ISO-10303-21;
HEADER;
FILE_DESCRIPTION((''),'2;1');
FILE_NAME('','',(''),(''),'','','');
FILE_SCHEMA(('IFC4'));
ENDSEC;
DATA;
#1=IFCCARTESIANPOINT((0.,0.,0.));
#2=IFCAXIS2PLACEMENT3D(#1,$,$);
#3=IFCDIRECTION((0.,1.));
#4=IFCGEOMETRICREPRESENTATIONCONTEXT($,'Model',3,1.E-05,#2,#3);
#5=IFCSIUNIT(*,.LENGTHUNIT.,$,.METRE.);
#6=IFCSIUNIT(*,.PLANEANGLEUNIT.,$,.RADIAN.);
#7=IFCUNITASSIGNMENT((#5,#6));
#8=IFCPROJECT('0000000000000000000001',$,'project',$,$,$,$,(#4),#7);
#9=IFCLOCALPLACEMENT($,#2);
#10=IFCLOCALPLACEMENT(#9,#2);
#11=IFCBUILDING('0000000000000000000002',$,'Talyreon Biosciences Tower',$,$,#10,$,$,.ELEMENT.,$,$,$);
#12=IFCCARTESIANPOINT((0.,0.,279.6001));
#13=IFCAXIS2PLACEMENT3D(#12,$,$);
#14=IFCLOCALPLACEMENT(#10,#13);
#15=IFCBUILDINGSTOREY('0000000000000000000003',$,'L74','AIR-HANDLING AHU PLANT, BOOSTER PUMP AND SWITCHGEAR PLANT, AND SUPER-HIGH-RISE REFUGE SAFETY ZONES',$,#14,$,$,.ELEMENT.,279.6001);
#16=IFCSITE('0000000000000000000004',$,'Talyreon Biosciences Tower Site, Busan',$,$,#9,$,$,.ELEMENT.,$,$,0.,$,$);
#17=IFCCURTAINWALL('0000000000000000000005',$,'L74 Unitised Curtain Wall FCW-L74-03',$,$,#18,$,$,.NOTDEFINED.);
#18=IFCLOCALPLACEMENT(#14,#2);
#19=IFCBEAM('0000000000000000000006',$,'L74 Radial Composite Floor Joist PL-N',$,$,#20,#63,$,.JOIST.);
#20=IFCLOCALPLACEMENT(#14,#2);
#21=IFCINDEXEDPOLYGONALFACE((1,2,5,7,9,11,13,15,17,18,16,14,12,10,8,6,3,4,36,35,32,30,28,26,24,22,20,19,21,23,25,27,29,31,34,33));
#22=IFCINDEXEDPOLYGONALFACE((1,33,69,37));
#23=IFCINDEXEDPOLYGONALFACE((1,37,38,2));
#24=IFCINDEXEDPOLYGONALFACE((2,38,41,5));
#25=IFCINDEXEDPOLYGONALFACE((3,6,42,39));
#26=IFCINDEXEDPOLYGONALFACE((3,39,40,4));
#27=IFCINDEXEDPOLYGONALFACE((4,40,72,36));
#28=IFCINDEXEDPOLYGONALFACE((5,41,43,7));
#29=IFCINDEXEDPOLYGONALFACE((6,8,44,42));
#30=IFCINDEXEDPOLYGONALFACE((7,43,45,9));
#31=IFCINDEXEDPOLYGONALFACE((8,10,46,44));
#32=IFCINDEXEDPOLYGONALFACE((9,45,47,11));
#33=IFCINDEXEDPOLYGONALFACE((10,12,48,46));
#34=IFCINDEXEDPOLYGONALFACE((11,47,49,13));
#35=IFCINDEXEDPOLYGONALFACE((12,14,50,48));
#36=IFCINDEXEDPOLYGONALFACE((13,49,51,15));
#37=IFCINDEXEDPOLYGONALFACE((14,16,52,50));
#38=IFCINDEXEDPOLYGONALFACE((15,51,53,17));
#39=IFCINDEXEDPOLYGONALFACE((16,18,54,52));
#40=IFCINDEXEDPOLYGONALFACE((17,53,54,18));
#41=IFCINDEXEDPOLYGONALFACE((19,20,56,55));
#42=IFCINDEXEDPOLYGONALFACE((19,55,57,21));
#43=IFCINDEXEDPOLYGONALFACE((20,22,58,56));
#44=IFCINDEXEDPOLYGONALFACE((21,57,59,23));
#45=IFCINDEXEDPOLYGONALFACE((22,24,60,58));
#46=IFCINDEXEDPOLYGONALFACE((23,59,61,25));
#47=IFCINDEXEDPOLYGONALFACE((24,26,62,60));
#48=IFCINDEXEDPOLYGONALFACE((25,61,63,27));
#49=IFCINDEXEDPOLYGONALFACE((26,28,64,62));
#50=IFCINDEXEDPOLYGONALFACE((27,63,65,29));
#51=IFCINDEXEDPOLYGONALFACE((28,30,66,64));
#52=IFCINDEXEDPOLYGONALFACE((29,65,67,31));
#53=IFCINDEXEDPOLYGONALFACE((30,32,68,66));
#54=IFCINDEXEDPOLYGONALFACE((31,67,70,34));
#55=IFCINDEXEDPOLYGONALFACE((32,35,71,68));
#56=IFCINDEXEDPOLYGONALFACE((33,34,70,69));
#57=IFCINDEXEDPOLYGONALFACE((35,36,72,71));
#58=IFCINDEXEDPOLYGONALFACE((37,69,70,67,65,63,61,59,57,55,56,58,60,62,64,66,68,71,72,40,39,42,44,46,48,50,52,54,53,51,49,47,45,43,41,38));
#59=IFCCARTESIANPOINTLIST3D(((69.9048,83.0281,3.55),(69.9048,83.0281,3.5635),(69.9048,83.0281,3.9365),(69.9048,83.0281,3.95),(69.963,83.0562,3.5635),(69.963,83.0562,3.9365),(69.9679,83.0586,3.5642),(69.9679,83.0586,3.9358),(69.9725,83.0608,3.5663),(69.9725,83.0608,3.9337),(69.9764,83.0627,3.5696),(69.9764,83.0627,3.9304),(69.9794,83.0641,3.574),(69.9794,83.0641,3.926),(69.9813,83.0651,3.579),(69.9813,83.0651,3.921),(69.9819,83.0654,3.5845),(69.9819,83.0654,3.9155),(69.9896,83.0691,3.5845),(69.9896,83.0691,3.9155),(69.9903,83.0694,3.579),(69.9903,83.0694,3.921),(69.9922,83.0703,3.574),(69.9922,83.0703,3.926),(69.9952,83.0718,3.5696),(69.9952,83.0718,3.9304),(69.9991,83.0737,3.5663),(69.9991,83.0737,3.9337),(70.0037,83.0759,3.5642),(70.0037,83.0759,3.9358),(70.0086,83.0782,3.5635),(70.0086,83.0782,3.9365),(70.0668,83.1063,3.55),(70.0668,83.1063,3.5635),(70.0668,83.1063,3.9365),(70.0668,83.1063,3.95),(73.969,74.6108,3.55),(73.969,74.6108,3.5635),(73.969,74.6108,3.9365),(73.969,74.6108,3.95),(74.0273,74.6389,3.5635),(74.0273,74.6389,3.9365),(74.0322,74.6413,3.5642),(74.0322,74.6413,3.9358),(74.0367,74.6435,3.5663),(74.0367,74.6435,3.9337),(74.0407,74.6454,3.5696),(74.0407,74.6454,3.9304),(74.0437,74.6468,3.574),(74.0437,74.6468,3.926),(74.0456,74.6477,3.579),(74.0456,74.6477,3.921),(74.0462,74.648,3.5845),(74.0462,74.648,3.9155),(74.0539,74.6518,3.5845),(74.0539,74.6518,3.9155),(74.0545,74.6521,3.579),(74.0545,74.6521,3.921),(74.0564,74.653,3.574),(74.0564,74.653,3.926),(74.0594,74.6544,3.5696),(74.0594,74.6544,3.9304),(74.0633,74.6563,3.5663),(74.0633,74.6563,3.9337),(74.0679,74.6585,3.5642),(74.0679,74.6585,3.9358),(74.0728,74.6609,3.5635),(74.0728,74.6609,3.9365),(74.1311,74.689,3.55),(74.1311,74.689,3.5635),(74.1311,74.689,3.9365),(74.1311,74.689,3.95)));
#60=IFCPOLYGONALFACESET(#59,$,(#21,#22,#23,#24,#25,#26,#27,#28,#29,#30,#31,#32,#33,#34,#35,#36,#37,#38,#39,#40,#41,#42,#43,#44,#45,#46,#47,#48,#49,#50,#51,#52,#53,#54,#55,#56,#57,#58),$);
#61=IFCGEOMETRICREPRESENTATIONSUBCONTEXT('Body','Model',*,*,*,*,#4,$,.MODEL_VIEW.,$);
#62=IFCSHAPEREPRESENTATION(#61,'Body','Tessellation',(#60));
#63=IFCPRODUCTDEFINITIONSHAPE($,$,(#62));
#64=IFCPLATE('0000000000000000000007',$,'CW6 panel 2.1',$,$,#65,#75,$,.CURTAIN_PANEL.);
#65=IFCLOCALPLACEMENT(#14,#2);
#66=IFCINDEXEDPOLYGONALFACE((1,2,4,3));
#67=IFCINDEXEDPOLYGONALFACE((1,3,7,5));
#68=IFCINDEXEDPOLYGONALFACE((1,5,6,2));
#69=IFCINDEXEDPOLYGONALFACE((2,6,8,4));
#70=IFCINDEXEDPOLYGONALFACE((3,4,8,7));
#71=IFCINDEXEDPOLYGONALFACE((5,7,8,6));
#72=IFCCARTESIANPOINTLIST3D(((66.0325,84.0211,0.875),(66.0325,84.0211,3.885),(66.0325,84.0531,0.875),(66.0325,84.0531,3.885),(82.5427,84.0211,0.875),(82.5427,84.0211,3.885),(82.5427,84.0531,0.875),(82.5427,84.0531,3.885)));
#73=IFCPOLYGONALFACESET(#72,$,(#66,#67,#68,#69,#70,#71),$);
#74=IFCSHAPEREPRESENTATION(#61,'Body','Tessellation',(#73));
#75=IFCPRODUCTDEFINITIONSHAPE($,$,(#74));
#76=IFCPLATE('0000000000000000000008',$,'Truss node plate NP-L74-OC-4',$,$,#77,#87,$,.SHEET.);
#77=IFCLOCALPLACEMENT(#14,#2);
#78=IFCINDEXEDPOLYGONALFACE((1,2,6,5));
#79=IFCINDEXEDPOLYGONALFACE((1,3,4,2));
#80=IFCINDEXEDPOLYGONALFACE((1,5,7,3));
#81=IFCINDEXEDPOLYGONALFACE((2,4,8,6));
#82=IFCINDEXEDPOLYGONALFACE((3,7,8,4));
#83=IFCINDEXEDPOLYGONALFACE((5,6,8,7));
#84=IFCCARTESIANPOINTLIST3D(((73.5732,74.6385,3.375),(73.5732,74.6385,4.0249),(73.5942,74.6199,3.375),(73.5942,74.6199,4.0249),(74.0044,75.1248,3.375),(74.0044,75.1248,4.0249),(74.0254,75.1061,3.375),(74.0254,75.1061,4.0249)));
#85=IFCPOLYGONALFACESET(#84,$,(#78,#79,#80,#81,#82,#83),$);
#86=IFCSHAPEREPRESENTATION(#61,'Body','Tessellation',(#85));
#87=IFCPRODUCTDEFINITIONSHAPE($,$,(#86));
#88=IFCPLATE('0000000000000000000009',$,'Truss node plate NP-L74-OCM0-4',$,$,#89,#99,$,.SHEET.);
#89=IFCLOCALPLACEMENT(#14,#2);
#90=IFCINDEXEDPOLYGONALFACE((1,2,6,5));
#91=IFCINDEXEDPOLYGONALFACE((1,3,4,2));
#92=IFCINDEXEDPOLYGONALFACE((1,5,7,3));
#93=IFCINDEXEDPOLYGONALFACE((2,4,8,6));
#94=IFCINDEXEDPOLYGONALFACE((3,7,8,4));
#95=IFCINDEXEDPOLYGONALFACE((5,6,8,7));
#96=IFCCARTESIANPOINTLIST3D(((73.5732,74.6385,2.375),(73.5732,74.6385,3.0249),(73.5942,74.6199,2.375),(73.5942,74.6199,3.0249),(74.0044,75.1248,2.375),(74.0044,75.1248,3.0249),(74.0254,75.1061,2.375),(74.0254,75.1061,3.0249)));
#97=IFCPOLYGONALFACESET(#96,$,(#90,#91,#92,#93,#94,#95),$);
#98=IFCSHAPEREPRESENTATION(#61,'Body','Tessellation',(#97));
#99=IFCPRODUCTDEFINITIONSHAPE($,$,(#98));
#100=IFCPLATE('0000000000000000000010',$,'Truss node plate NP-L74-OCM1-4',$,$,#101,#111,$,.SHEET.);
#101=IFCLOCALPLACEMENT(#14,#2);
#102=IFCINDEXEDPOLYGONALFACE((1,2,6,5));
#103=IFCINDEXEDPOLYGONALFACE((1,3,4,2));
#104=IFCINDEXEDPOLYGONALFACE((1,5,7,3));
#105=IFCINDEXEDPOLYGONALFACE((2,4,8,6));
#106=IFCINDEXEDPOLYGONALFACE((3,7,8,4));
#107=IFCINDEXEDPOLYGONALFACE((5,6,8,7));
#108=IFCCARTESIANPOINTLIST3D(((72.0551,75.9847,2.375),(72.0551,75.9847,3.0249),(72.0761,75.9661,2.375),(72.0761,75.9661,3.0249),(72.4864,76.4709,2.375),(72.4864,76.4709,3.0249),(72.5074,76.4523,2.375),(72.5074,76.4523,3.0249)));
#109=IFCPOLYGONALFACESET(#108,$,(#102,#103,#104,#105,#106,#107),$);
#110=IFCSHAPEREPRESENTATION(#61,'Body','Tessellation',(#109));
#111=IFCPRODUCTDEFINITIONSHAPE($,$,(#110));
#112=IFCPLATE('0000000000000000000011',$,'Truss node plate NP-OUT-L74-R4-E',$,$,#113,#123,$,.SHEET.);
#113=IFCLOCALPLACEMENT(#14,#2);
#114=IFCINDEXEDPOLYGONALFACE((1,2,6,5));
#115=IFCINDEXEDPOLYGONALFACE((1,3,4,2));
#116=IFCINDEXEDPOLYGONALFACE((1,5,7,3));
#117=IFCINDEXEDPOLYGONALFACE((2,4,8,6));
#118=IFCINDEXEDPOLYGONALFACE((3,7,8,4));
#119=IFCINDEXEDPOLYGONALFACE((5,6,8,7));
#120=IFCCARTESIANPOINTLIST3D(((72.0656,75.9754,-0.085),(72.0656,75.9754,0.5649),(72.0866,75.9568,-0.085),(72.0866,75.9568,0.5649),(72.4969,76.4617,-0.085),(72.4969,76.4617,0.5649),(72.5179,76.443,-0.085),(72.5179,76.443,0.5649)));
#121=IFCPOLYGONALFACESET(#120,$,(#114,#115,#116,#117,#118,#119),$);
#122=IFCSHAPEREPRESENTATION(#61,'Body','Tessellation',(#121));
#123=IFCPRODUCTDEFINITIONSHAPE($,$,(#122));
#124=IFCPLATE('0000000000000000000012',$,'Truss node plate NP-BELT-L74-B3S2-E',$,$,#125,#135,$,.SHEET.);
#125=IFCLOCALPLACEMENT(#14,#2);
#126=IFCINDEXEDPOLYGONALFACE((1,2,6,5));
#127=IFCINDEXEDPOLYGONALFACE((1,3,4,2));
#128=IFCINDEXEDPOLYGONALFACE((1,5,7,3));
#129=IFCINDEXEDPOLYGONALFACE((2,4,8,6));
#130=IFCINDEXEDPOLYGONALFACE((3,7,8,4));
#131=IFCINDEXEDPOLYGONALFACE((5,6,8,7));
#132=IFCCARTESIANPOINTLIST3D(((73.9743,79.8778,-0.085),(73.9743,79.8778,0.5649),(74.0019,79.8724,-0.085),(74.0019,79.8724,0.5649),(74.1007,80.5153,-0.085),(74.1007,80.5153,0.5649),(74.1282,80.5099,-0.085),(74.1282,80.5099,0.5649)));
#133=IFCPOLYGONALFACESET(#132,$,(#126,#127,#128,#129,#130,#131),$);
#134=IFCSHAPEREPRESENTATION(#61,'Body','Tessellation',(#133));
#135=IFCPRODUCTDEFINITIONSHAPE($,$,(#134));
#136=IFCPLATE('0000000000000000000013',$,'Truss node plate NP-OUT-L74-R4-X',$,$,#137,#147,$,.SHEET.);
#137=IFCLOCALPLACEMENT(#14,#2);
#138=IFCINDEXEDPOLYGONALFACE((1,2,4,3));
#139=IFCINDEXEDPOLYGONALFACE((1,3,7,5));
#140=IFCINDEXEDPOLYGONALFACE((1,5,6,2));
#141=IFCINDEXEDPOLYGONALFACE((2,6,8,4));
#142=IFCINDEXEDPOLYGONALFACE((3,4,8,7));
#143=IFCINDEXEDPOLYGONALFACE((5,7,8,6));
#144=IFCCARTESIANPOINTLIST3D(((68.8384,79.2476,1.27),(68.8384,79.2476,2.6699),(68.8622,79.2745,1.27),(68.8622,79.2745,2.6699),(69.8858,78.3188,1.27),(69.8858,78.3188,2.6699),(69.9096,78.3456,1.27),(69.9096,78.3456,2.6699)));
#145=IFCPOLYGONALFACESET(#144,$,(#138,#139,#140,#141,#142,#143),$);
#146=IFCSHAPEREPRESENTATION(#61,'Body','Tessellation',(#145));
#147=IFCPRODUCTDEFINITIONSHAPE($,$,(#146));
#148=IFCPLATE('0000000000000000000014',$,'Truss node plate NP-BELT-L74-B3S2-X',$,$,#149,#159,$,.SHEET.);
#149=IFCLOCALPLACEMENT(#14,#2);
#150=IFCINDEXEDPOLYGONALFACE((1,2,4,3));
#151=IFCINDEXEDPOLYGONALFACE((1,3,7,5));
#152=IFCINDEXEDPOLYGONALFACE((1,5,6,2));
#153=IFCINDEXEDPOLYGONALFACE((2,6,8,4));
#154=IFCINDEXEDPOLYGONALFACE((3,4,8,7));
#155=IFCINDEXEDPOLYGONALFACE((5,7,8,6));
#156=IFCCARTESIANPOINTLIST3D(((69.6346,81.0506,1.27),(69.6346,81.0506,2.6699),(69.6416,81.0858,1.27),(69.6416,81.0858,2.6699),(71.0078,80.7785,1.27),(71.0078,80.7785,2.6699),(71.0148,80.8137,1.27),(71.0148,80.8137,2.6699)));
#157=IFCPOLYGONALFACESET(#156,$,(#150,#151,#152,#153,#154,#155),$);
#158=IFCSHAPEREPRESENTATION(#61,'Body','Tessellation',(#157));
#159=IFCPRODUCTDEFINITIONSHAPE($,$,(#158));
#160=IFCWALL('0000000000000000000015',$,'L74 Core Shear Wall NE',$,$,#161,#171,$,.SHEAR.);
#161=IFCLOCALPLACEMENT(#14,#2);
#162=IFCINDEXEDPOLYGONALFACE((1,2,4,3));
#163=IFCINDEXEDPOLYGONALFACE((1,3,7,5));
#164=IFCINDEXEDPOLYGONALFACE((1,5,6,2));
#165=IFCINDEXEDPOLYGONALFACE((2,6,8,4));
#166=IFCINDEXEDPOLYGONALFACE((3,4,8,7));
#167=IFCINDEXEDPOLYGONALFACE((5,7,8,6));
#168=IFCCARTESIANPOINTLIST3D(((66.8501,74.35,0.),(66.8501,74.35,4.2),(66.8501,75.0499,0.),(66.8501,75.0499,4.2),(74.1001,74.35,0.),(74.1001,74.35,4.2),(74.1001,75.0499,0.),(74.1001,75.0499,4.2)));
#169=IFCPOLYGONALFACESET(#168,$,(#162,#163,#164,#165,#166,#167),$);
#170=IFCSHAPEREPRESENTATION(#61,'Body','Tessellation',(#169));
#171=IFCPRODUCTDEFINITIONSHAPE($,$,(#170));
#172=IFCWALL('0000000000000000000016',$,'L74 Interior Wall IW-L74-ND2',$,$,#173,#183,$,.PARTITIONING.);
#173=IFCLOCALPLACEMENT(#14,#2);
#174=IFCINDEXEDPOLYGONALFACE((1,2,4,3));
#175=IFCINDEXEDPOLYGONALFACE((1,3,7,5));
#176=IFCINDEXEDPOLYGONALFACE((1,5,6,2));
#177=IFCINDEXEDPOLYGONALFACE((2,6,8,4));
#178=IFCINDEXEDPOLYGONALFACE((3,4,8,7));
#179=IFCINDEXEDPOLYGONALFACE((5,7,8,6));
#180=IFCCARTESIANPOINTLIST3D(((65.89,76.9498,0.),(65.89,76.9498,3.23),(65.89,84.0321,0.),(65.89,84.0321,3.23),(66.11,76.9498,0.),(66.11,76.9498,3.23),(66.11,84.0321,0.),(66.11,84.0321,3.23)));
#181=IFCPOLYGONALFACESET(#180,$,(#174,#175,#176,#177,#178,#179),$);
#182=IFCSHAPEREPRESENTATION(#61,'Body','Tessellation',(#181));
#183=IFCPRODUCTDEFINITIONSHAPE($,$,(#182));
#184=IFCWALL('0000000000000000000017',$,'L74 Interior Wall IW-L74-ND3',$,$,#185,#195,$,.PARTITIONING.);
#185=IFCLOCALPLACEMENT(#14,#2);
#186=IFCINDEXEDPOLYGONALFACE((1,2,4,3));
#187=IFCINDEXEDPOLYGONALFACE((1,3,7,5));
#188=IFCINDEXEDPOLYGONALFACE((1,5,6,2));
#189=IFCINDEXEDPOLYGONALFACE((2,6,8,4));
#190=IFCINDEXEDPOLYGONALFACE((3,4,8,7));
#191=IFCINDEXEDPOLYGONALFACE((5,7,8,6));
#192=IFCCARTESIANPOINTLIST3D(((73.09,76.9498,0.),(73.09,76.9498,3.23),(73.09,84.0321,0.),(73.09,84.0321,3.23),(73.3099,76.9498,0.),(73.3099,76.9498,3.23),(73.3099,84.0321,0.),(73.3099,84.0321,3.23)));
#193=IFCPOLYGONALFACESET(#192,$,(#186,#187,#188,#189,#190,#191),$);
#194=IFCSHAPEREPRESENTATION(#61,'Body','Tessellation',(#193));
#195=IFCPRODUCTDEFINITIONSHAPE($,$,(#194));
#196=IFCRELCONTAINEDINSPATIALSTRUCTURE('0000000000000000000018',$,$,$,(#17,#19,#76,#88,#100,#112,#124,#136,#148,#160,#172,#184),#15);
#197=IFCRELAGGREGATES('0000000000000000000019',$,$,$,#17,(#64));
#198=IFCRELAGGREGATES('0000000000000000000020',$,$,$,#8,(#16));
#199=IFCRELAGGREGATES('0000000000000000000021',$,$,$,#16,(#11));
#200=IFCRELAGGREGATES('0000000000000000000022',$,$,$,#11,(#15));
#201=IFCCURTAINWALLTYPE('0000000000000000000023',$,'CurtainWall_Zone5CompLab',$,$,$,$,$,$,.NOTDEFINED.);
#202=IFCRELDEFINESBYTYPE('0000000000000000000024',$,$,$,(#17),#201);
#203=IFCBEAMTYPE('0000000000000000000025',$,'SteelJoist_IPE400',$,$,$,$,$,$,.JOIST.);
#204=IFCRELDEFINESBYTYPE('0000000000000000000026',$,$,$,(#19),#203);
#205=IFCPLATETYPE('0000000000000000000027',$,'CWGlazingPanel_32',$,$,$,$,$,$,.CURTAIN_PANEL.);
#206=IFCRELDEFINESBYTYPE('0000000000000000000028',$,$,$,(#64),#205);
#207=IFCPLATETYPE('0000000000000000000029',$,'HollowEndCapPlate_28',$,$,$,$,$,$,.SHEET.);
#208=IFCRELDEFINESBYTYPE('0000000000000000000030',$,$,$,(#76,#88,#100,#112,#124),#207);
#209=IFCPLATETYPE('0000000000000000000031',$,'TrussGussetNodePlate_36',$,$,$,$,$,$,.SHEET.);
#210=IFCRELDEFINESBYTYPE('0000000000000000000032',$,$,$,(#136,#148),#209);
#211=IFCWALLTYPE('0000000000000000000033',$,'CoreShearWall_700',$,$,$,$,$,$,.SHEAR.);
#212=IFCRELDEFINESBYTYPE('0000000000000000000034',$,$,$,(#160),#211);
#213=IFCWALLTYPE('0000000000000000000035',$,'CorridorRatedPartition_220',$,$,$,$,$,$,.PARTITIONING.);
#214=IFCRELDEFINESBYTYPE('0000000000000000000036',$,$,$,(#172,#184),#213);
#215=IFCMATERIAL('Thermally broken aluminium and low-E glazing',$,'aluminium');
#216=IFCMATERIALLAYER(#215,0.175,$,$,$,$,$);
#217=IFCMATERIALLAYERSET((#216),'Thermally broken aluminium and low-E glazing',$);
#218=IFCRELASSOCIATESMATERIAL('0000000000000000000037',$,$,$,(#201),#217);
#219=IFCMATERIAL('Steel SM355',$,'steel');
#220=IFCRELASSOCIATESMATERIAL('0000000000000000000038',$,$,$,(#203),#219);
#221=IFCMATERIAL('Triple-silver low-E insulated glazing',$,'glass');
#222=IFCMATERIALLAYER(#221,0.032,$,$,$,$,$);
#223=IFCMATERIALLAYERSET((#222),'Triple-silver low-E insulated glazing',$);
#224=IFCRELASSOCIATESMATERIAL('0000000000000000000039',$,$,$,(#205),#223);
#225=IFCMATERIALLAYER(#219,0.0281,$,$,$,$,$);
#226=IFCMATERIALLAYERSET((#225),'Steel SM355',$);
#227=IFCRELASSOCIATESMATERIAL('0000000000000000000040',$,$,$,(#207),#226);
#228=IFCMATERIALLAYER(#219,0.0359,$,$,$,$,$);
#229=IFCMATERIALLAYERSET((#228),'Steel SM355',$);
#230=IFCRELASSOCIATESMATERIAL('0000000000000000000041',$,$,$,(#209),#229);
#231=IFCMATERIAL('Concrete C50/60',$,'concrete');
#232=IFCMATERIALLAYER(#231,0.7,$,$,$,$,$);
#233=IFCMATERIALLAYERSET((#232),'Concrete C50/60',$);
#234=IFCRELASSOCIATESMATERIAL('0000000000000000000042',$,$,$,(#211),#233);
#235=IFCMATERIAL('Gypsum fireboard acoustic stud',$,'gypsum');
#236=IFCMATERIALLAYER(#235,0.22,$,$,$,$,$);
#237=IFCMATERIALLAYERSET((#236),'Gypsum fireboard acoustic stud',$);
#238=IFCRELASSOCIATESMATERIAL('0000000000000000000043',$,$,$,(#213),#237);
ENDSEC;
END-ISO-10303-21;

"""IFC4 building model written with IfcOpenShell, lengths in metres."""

from ifc_helpers import new_model, si_unit, direction, frame, frame_2d, origin, origin_2d, place, context, subcontext, project, spatial, rectangle, i_section, extrude, material, layer, layer_set, material_profile, profile_set, type_object, element, aggregate, save


model = new_model("IFC4")

# Units and contexts
model_context = context("Model", 3, precision=1e-05, world=origin(), true_north=direction((0.0, 1.0)))
body_context = subcontext(model_context, "Body", "Model", "MODEL_VIEW")
ifc_project = project(units=[si_unit("LENGTHUNIT", "METRE"), si_unit("PLANEANGLEUNIT", "RADIAN")], contexts=[model_context])

# Site, building, storey
site_placement = place(None, origin())
site = spatial("IfcSite", under=ifc_project, at=site_placement, Name="Talyreon Biosciences Tower Site, Busan", CompositionType="ELEMENT", RefElevation=0.0)
building_placement = place(site_placement, origin())
building = spatial("IfcBuilding", under=site, at=building_placement, Name="Talyreon Biosciences Tower", CompositionType="ELEMENT")
storey_placement = place(building_placement, frame((0.0, 0.0, 279.6001)))
storey = spatial("IfcBuildingStorey", under=building, at=storey_placement, Name="L74", Description="AIR-HANDLING AHU PLANT, BOOSTER PUMP AND SWITCHGEAR PLANT, AND SUPER-HIGH-RISE REFUGE SAFETY ZONES", CompositionType="ELEMENT", Elevation=279.6001)

# Shared definitions
ifc_material_1 = material(Name="Steel SM355", Category="steel")

# Curtain wall
ifc_material_2 = material(Name="Thermally broken aluminium and low-E glazing", Category="aluminium")
ifc_layer_1 = layer(ifc_material_2, 0.175)
ifc_layer_set_1 = layer_set([ifc_layer_1], Name="Thermally broken aluminium and low-E glazing")
curtain_wall_type = type_object("IfcCurtainWallType", Name="CurtainWall_Zone5CompLab", PredefinedType="NOTDEFINED", material=ifc_layer_set_1)
curtain_wall_placement = place(storey_placement, origin())
curtain_wall = element("IfcCurtainWall", 1, at=curtain_wall_placement, inside=storey, type_object=curtain_wall_type, Name="L74 Unitised Curtain Wall FCW-L74-03", PredefinedType="NOTDEFINED")

# Beam
ifc_material_profile_1 = material_profile(ifc_material_1, i_section(OverallWidth=0.1799, OverallDepth=0.3999, WebThickness=0.0085, FlangeThickness=0.0134, FilletRadius=0.021, at=origin_2d()), Name="IPE400")
ifc_profile_set_1 = profile_set([ifc_material_profile_1], Name="Steel SM355")
beam_type_1 = type_object("IfcBeamType", Name="SteelJoist_IPE400", PredefinedType="JOIST", material=ifc_profile_set_1)
beam_1_placement = place(storey_placement, frame((74.05, 74.6499, 3.75), z_axis=(-0.434811, 0.900522, 0.0), x_axis=(-0.900522, -0.434811, 0.0)))
element("IfcBeam", 2, at=beam_1_placement, inside=storey, type_object=beam_type_1, Name="L74 Radial Composite Floor Joist PL-N", PredefinedType="JOIST", context=body_context, shape_type="SweptSolid", body=[
    extrude(i_section(OverallWidth=0.1799, OverallDepth=0.3999, WebThickness=0.0085, FlangeThickness=0.0134, FilletRadius=0.021, at=origin_2d()), origin(), (0.0, 0.0, 1.0), 9.3472),
])

# Plate
ifc_material_3 = material(Name="Triple-silver low-E insulated glazing", Category="glass")
ifc_layer_2 = layer(ifc_material_3, 0.032)
ifc_layer_set_2 = layer_set([ifc_layer_2], Name="Triple-silver low-E insulated glazing")
plate_type_1 = type_object("IfcPlateType", Name="CWGlazingPanel_32", PredefinedType="CURTAIN_PANEL", material=ifc_layer_set_2)
plate_placement = place(storey_placement, frame((74.2876, 84.0371, 0.875), z_axis=(0.0, 0.0, 1.0), x_axis=(1.0, 0.0, 0.0)))
plate = element("IfcPlate", 3, at=plate_placement, type_object=plate_type_1, Name="CW6 panel 2.1", PredefinedType="CURTAIN_PANEL", context=body_context, shape_type="SweptSolid", body=[
    extrude(rectangle(XDim=16.5103, YDim=0.032, at=origin_2d()), origin(), (0.0, 0.0, 1.0), 3.01),
])
aggregate(curtain_wall, [plate])

# Plates
ifc_layer_3 = layer(ifc_material_1, 0.0281)
ifc_layer_set_3 = layer_set([ifc_layer_3], Name="Steel SM355")
plate_type_2 = type_object("IfcPlateType", Name="HollowEndCapPlate_28", PredefinedType="SHEET", material=ifc_layer_set_3)
for number, where, z_axis, x_axis, name in (
    (4, (73.7993, 74.8723, 3.375), (0.0, 0.0, 1.0), (-0.663495, -0.74818, 0.0), "Truss node plate NP-L74-OC-4"),
    (5, (73.7993, 74.8723, 2.375), (0.0, 0.0, 1.0), (-0.663495, -0.74818, 0.0), "Truss node plate NP-L74-OCM0-4"),
    (6, (72.2812, 76.2185, 2.375), (0.0, 0.0, 1.0), (-0.663495, -0.74818, 0.0), "Truss node plate NP-L74-OCM1-4"),
    (7, (72.2917, 76.2092, -0.085), (0.0, 0.0, 1.0), (-0.663508, -0.748169, 0.0), "Truss node plate NP-OUT-L74-R4-E"),
    (8, (74.0513, 80.1938, -0.085), (0.0, 0.0, 1.0), (-0.194354, -0.980931, 0.0), "Truss node plate NP-BELT-L74-B3S2-E"),
):
    element("IfcPlate", number, at=place(storey_placement, frame(where, z_axis=z_axis, x_axis=x_axis)), inside=storey, type_object=plate_type_2, Name=name, PredefinedType="SHEET", context=body_context, shape_type="SweptSolid", body=[
        extrude(rectangle(XDim=0.6499, YDim=0.0281, at=origin_2d()), origin(), (0.0, 0.0, 1.0), 0.6499),
    ])
ifc_layer_4 = layer(ifc_material_1, 0.0359)
ifc_layer_set_4 = layer_set([ifc_layer_4], Name="Steel SM355")
plate_type_3 = type_object("IfcPlateType", Name="TrussGussetNodePlate_36", PredefinedType="SHEET", material=ifc_layer_set_4)
for number, where, z_axis, x_axis, name in (
    (9, (69.374, 78.7966, 1.27), (0.0, 0.0, 1.0), (-0.748169, 0.663508, 0.0), "Truss node plate NP-OUT-L74-R4-X"),
    (10, (70.3247, 80.9321, 1.27), (0.0, 0.0, 1.0), (-0.980931, 0.194354, 0.0), "Truss node plate NP-BELT-L74-B3S2-X"),
):
    element("IfcPlate", number, at=place(storey_placement, frame(where, z_axis=z_axis, x_axis=x_axis)), inside=storey, type_object=plate_type_3, Name=name, PredefinedType="SHEET", context=body_context, shape_type="SweptSolid", body=[
        extrude(rectangle(XDim=1.3999, YDim=0.0359, at=origin_2d()), origin(), (0.0, 0.0, 1.0), 1.3999),
    ])

# Walls
ifc_material_4 = material(Name="Concrete C50/60", Category="concrete")
ifc_layer_5 = layer(ifc_material_4, 0.7)
ifc_layer_set_5 = layer_set([ifc_layer_5], Name="Concrete C50/60")
wall_type_1 = type_object("IfcWallType", Name="CoreShearWall_700", PredefinedType="SHEAR", material=ifc_layer_set_5)
wall_placement = place(storey_placement, frame((74.1001, 74.7, 0.0), z_axis=(0.0, 0.0, 1.0), x_axis=(-1.0, 0.0, 0.0)))
element("IfcWall", 11, at=wall_placement, inside=storey, type_object=wall_type_1, Name="L74 Core Shear Wall NE", PredefinedType="SHEAR", context=body_context, shape_type="SweptSolid", body=[
    extrude(rectangle(XDim=7.25, YDim=0.7, at=frame_2d((3.625, 0.0))), origin(), (0.0, 0.0, 1.0), 4.2),
])
ifc_material_5 = material(Name="Gypsum fireboard acoustic stud", Category="gypsum")
ifc_layer_6 = layer(ifc_material_5, 0.22)
ifc_layer_set_6 = layer_set([ifc_layer_6], Name="Gypsum fireboard acoustic stud")
wall_type_2 = type_object("IfcWallType", Name="CorridorRatedPartition_220", PredefinedType="PARTITIONING", material=ifc_layer_set_6)
for number, where, z_axis, x_axis, name in (
    (12, (66.0, 76.95, 0.0), (0.0, 0.0, 1.0), (0.0, 1.0, 0.0), "L74 Interior Wall IW-L74-ND2"),
    (13, (73.2, 76.95, 0.0), (0.0, 0.0, 1.0), (0.0, 1.0, 0.0), "L74 Interior Wall IW-L74-ND3"),
):
    element("IfcWall", number, at=place(storey_placement, frame(where, z_axis=z_axis, x_axis=x_axis)), inside=storey, type_object=wall_type_2, Name=name, PredefinedType="PARTITIONING", context=body_context, shape_type="SweptSolid", body=[
        extrude(rectangle(XDim=7.0823, YDim=0.22, at=frame_2d((3.541, 0.0))), origin(), (0.0, 0.0, 1.0), 3.23),
    ])

save(model, "model.ifc")
